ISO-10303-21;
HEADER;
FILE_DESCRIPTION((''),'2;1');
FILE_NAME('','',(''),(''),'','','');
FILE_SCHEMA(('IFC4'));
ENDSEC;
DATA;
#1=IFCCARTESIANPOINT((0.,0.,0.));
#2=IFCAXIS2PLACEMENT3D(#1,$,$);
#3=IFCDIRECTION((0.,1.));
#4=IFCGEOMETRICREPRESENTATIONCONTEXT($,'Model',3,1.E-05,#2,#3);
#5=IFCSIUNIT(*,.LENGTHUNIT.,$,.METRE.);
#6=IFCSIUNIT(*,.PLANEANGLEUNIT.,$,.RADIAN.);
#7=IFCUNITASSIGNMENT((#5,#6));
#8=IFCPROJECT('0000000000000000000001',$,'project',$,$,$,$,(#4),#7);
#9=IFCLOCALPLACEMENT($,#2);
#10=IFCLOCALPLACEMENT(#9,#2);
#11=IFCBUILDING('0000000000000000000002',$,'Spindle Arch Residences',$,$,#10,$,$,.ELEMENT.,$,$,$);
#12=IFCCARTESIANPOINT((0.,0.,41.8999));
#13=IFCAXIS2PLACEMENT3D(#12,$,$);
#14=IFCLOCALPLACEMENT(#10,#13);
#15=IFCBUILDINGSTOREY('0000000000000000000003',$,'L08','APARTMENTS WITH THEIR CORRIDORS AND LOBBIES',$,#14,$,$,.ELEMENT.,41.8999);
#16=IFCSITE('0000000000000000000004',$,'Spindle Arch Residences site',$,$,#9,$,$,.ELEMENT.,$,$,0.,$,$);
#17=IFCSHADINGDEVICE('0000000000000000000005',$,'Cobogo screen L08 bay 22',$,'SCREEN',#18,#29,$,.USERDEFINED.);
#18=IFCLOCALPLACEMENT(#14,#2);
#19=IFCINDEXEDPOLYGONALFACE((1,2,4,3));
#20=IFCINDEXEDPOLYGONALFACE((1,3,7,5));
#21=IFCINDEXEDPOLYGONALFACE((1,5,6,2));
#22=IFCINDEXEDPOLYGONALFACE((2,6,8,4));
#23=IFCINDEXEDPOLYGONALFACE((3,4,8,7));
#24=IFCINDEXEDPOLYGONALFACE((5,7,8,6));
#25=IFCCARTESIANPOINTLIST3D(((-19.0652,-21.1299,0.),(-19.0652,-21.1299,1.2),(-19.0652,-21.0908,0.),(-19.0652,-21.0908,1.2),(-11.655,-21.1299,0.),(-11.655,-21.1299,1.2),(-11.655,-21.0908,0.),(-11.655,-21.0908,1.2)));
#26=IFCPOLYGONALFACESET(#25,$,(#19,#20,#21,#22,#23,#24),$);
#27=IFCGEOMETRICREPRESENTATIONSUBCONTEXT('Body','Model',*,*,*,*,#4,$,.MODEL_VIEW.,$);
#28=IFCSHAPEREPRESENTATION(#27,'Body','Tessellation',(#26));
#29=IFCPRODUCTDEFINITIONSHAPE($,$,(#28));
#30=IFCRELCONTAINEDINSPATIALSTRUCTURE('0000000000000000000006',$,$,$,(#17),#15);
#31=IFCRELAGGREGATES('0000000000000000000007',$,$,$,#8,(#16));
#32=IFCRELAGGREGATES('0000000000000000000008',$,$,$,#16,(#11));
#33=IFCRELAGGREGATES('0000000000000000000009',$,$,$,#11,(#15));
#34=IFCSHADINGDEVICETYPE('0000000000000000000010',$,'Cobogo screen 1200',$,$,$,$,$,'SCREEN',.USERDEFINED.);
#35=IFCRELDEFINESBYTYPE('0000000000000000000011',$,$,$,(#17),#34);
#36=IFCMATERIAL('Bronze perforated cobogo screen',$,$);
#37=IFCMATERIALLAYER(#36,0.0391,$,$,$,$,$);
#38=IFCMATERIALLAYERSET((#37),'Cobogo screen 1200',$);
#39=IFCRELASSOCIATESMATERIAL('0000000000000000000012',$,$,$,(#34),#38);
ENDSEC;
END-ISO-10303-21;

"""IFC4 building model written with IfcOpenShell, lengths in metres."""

from ifc_helpers import new_model, si_unit, direction, frame, origin, origin_2d, place, context, subcontext, project, spatial, rectangle, extrude, material, layer, layer_set, type_object, element, save


model = new_model("IFC4")

# Units and contexts
model_context = context("Model", 3, precision=1e-05, world=origin(), true_north=direction((0.0, 1.0)))
body_context = subcontext(model_context, "Body", "Model", "MODEL_VIEW")
ifc_project = project(units=[si_unit("LENGTHUNIT", "METRE"), si_unit("PLANEANGLEUNIT", "RADIAN")], contexts=[model_context])

# Site, building, storey
site_placement = place(None, origin())
site = spatial("IfcSite", under=ifc_project, at=site_placement, Name="Spindle Arch Residences site", CompositionType="ELEMENT", RefElevation=0.0)
building_placement = place(site_placement, origin())
building = spatial("IfcBuilding", under=site, at=building_placement, Name="Spindle Arch Residences", CompositionType="ELEMENT")
storey_placement = place(building_placement, frame((0.0, 0.0, 41.8999)))
storey = spatial("IfcBuildingStorey", under=building, at=storey_placement, Name="L08", Description="APARTMENTS WITH THEIR CORRIDORS AND LOBBIES", CompositionType="ELEMENT", Elevation=41.8999)

# Shading device
ifc_material_1 = material(Name="Bronze perforated cobogo screen")
ifc_layer_1 = layer(ifc_material_1, 0.0391)
ifc_layer_set_1 = layer_set([ifc_layer_1], Name="Cobogo screen 1200")
shading_device_type = type_object("IfcShadingDeviceType", Name="Cobogo screen 1200", ElementType="SCREEN", PredefinedType="USERDEFINED", material=ifc_layer_set_1)
shading_device_placement = place(storey_placement, frame((-15.3601, -21.1104, 0.0), z_axis=(0.0, 0.0, 1.0), x_axis=(1.0, 0.0, 0.0)))
element("IfcShadingDevice", 1, at=shading_device_placement, inside=storey, type_object=shading_device_type, Name="Cobogo screen L08 bay 22", ObjectType="SCREEN", PredefinedType="USERDEFINED", context=body_context, shape_type="SweptSolid", body=[
    extrude(rectangle(XDim=7.4102, YDim=0.0391, at=origin_2d()), origin(), (0.0, 0.0, 1.0), 1.2),
])

save(model, "model.ifc")
